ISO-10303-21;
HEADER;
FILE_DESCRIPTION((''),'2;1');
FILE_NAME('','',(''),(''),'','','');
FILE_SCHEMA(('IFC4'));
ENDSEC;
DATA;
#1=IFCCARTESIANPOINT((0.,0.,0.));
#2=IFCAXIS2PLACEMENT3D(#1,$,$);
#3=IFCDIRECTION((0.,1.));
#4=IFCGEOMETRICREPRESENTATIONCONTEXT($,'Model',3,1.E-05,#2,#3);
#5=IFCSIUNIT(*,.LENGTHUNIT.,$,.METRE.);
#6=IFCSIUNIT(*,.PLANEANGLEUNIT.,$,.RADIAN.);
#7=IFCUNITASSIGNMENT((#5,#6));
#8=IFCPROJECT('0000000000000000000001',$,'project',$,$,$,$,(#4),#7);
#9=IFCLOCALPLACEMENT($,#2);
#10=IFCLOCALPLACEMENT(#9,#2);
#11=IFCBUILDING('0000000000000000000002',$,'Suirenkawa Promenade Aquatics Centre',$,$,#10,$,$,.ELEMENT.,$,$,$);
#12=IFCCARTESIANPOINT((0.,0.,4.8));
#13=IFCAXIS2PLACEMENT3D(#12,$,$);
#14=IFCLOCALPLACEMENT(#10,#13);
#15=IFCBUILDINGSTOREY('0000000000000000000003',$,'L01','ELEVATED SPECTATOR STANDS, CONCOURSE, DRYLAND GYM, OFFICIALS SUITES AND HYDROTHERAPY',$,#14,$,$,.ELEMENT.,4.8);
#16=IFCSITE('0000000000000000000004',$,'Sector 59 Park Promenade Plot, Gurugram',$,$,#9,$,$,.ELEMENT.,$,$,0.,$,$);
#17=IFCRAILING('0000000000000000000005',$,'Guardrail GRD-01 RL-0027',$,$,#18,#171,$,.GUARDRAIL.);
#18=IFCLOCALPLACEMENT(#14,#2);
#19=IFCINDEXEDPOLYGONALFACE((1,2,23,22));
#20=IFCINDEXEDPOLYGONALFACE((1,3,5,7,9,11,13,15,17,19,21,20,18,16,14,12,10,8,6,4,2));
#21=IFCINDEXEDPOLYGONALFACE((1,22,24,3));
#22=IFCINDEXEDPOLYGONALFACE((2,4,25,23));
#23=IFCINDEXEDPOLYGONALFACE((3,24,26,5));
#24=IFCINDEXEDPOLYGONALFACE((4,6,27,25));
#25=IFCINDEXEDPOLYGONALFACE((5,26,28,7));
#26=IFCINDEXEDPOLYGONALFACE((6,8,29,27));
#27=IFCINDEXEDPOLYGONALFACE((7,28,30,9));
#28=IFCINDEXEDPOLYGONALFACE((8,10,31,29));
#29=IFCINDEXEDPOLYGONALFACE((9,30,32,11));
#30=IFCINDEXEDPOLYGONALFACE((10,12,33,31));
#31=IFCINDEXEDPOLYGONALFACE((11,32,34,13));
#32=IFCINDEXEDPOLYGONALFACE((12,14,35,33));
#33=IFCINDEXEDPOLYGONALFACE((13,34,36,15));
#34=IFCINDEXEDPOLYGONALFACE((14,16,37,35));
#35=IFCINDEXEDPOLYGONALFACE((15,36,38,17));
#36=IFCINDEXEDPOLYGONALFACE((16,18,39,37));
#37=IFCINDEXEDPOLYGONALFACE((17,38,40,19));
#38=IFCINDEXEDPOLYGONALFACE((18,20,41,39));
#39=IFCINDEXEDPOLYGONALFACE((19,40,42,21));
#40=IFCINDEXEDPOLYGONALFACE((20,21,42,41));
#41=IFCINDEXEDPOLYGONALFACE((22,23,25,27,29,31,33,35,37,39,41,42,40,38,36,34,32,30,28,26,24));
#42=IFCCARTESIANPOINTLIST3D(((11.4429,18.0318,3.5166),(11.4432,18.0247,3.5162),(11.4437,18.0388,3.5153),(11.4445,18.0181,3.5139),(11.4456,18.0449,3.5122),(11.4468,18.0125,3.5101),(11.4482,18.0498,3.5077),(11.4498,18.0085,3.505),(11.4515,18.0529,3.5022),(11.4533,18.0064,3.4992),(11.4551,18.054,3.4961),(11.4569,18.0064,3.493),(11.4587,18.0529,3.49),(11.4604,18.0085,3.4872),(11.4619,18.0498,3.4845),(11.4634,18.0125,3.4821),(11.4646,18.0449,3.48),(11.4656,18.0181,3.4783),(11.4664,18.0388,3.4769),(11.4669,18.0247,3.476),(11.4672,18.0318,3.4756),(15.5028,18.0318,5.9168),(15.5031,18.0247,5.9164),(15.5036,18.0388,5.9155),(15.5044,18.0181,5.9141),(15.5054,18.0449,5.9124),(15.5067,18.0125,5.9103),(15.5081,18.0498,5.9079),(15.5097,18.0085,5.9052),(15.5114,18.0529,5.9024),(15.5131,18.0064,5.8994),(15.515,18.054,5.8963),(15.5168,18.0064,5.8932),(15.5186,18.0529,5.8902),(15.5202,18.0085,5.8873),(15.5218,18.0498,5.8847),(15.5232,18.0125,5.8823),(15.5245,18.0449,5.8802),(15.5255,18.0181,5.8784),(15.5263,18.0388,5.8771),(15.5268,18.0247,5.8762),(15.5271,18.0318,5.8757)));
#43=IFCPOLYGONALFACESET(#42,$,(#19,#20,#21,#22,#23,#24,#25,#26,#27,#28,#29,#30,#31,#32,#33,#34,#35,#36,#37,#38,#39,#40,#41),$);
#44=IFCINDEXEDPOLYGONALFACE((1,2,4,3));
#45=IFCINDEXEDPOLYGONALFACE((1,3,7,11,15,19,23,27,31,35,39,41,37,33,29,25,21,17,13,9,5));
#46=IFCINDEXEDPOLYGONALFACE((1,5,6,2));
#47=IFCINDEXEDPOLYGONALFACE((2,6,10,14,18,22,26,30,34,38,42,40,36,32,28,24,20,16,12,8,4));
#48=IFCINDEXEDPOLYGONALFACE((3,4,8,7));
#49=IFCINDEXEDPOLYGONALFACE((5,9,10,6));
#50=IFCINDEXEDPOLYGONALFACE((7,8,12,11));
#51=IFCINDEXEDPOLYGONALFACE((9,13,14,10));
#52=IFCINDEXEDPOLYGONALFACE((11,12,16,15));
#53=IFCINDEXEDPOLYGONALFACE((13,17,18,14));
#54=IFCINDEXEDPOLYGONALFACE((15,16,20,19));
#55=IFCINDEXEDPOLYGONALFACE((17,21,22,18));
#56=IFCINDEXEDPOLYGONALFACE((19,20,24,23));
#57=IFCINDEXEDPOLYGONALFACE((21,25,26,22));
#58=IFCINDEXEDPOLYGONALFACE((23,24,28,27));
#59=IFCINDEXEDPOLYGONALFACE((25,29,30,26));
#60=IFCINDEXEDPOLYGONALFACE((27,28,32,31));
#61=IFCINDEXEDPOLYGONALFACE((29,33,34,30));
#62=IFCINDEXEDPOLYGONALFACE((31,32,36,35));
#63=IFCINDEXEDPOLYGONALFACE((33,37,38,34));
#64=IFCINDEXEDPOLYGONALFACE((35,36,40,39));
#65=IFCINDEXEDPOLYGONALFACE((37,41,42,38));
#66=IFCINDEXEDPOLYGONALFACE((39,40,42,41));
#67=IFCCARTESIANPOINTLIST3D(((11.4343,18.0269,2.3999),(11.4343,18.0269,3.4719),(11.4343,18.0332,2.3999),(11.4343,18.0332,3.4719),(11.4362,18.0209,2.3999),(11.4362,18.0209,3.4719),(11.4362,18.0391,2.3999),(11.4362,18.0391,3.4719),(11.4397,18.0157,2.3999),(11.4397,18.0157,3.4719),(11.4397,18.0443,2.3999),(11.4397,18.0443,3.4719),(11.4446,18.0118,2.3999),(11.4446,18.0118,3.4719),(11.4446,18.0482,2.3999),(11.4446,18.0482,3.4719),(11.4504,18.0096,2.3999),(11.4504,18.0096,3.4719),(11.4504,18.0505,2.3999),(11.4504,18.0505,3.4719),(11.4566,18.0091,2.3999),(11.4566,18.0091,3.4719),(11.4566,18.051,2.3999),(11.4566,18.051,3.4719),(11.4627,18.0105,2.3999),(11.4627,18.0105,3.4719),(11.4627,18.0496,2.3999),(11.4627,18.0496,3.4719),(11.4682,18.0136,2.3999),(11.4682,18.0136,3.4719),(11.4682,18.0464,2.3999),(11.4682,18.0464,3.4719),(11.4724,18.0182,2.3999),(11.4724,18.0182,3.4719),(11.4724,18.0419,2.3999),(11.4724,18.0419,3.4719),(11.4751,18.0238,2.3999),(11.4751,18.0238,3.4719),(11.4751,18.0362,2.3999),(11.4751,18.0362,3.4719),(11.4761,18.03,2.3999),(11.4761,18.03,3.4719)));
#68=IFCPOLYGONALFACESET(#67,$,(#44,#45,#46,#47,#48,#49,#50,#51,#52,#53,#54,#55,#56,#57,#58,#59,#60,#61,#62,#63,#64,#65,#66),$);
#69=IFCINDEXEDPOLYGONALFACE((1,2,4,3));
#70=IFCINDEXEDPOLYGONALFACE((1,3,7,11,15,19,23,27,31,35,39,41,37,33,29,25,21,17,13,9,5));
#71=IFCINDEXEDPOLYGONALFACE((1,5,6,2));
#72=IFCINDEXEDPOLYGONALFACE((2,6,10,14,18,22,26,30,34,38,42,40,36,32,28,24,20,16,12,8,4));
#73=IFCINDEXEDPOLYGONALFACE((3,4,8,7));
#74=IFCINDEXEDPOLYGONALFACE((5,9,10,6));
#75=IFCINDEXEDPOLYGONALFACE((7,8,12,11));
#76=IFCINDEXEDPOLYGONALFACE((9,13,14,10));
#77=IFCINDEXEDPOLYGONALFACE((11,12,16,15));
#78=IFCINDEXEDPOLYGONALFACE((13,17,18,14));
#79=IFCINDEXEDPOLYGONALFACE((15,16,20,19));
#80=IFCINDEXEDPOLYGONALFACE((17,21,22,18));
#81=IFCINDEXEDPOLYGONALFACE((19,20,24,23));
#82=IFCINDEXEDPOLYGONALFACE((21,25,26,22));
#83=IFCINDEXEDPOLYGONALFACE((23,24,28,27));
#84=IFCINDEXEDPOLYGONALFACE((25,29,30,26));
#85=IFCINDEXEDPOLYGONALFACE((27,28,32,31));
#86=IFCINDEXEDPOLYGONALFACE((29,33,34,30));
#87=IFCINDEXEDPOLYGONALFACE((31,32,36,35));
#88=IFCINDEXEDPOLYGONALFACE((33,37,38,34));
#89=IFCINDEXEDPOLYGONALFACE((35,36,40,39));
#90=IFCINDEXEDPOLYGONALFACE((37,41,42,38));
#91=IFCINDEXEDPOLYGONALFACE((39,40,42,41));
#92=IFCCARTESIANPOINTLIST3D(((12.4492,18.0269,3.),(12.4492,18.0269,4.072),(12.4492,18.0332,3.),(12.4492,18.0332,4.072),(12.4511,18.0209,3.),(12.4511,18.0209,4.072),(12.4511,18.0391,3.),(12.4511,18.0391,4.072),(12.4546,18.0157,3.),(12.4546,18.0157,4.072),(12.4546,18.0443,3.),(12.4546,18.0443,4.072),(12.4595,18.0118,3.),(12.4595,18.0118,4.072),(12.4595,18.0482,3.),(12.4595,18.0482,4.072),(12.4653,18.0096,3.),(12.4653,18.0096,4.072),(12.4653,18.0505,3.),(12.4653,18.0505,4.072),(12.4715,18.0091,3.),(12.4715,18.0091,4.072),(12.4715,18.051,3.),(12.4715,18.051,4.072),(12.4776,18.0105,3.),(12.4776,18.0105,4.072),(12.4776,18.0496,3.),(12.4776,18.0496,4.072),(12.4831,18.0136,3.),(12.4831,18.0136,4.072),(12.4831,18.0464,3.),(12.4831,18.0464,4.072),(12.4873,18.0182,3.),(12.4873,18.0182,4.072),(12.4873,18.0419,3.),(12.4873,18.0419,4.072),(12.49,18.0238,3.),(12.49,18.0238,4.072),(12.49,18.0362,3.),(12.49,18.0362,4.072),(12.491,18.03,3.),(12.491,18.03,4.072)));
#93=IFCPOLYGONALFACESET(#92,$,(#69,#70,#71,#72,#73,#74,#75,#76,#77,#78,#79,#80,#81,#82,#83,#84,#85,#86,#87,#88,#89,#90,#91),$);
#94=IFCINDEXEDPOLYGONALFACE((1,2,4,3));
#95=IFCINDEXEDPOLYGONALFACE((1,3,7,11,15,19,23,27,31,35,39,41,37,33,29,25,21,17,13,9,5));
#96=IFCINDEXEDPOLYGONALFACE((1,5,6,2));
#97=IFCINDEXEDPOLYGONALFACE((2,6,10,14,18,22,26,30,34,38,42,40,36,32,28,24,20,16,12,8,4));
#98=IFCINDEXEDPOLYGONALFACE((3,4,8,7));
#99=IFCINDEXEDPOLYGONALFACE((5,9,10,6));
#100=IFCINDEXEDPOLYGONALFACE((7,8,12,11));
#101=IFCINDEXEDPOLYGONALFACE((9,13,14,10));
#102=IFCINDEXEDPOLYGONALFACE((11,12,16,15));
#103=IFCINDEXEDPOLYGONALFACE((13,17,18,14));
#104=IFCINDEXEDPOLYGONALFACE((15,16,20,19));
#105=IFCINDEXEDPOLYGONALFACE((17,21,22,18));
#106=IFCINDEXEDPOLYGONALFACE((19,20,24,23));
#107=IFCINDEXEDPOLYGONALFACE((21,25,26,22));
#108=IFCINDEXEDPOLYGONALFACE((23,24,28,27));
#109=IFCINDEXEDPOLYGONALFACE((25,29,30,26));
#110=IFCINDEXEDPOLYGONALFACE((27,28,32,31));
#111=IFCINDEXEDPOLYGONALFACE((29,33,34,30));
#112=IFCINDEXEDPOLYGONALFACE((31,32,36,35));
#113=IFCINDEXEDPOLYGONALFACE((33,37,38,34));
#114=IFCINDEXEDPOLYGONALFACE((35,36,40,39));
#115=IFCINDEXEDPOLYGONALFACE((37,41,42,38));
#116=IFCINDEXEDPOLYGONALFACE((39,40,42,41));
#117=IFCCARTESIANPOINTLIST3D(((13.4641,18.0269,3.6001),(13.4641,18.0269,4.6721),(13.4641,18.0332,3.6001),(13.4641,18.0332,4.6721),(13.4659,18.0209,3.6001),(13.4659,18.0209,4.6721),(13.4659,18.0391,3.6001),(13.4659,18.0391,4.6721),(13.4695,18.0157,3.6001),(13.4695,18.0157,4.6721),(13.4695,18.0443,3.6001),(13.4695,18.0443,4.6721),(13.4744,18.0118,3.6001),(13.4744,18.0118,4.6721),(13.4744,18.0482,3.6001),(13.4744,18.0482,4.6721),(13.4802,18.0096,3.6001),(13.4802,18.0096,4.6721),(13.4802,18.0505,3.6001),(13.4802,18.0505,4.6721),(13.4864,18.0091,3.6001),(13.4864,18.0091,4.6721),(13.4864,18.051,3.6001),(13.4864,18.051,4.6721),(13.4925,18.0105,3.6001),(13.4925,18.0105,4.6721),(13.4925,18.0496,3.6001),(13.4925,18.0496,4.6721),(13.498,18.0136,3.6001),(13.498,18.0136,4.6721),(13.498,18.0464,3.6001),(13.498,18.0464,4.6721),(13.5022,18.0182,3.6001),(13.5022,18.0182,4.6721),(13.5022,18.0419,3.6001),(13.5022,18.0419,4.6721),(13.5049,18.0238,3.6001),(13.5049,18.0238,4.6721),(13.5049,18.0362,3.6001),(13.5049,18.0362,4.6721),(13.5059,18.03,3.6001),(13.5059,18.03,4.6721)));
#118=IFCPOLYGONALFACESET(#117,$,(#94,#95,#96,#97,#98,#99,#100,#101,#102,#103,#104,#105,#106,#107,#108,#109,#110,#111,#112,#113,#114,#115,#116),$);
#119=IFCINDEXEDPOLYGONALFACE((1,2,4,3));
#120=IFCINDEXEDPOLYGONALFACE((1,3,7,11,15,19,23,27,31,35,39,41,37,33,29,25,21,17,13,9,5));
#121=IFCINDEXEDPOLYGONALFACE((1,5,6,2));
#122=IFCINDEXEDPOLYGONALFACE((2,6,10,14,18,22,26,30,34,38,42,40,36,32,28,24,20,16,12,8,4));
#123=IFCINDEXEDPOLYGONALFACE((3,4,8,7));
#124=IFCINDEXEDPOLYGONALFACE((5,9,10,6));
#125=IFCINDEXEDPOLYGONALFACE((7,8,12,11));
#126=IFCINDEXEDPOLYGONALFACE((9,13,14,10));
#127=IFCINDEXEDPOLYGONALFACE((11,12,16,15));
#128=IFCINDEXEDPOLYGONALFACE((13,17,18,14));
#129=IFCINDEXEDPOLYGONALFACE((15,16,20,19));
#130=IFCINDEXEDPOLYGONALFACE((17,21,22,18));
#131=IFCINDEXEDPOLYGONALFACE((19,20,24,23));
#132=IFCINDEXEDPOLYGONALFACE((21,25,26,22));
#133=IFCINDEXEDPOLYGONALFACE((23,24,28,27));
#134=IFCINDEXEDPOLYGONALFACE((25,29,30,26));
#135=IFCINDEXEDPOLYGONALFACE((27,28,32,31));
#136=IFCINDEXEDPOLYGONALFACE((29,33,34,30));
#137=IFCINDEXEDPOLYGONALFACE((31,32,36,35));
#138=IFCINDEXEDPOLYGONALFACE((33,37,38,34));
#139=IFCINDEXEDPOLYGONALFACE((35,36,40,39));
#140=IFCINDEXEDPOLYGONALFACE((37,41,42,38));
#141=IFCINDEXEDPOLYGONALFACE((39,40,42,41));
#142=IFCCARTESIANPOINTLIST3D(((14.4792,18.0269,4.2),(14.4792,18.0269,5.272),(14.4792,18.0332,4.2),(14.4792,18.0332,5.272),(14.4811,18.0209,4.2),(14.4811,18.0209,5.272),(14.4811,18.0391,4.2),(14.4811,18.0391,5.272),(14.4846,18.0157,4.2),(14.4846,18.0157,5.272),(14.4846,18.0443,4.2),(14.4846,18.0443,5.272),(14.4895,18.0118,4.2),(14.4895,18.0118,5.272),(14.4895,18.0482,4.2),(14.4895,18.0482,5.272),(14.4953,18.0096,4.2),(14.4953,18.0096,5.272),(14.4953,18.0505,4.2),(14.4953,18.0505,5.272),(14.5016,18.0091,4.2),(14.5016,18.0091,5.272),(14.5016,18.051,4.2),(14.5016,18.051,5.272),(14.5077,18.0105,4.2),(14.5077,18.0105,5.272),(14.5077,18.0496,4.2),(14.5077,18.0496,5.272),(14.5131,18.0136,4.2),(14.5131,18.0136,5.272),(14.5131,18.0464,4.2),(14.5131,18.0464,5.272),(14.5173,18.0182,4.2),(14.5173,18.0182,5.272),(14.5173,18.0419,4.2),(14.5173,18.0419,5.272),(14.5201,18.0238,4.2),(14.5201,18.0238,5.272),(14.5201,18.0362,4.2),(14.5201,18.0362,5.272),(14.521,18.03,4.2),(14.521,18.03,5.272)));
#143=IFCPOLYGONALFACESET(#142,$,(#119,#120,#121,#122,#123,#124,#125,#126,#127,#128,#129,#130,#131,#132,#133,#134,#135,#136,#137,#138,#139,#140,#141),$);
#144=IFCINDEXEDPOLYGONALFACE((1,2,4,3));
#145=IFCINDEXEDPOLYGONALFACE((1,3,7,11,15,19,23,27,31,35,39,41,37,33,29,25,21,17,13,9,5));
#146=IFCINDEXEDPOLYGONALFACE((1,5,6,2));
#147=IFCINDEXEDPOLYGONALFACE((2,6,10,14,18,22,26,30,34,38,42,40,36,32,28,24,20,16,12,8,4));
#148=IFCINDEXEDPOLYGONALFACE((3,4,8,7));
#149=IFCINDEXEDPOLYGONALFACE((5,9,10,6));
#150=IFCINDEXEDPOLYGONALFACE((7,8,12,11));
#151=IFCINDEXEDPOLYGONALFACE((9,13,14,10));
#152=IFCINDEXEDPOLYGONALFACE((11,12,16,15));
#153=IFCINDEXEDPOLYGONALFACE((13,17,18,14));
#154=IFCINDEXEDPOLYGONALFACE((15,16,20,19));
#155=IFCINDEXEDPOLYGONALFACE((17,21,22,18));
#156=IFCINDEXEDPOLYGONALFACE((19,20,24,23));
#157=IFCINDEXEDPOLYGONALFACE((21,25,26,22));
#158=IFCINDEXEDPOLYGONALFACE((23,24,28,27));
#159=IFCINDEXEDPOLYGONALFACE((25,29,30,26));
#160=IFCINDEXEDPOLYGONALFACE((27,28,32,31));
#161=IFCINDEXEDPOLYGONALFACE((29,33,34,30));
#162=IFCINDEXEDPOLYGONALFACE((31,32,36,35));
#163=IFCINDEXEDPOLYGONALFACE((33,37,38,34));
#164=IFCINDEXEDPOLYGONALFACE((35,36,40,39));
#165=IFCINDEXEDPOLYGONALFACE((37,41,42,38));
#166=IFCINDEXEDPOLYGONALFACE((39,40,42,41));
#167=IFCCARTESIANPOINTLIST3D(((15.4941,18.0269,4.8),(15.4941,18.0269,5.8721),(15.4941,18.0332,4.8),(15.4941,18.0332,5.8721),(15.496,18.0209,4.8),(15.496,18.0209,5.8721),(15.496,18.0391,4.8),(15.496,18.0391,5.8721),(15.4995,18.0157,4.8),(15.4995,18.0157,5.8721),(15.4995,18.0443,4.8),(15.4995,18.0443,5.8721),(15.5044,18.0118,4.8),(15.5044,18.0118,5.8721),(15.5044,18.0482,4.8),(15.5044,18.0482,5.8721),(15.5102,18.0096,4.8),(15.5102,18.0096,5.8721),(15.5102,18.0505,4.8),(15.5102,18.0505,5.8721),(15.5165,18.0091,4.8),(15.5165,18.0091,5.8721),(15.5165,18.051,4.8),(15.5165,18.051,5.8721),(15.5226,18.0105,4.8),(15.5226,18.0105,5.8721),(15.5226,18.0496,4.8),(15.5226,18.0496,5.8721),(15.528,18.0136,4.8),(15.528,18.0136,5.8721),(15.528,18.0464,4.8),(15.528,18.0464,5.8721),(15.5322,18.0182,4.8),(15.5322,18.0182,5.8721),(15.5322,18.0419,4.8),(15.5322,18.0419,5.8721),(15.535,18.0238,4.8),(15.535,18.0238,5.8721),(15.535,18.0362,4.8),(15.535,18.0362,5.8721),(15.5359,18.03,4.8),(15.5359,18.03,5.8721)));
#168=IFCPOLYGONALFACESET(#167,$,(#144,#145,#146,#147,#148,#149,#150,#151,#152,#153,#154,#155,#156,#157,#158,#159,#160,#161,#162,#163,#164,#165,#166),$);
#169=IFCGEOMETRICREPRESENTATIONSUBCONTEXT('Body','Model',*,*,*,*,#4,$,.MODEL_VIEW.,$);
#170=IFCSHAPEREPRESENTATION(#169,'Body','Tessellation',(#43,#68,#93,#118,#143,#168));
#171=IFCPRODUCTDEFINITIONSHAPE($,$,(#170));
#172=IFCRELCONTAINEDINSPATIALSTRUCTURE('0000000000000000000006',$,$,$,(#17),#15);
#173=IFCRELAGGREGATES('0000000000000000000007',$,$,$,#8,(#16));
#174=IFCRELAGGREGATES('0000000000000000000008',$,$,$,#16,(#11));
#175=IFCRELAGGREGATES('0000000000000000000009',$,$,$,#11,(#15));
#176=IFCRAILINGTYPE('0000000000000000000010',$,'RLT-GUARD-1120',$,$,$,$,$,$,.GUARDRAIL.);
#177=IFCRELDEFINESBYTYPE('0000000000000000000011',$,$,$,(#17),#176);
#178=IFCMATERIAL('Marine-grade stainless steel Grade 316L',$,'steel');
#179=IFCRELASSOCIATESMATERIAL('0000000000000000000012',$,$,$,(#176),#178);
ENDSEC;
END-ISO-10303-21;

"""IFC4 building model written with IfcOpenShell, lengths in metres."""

from ifc_helpers import new_model, si_unit, direction, frame, origin, origin_2d, place, context, subcontext, project, spatial, circle, extrude, material, type_object, element, save


model = new_model("IFC4")

# Units and contexts
model_context = context("Model", 3, precision=1e-05, world=origin(), true_north=direction((0.0, 1.0)))
body_context = subcontext(model_context, "Body", "Model", "MODEL_VIEW")
ifc_project = project(units=[si_unit("LENGTHUNIT", "METRE"), si_unit("PLANEANGLEUNIT", "RADIAN")], contexts=[model_context])

# Site, building, storey
site_placement = place(None, origin())
site = spatial("IfcSite", under=ifc_project, at=site_placement, Name="Sector 59 Park Promenade Plot, Gurugram", CompositionType="ELEMENT", RefElevation=0.0)
building_placement = place(site_placement, origin())
building = spatial("IfcBuilding", under=site, at=building_placement, Name="Suirenkawa Promenade Aquatics Centre", CompositionType="ELEMENT")
storey_placement = place(building_placement, frame((0.0, 0.0, 4.8)))
storey = spatial("IfcBuildingStorey", under=building, at=storey_placement, Name="L01", Description="ELEVATED SPECTATOR STANDS, CONCOURSE, DRYLAND GYM, OFFICIALS SUITES AND HYDROTHERAPY", CompositionType="ELEMENT", Elevation=4.8)

# Railing
ifc_material_1 = material(Name="Marine-grade stainless steel Grade 316L", Category="steel")
railing_type_1 = type_object("IfcRailingType", Name="RLT-GUARD-1120", PredefinedType="GUARDRAIL", material=ifc_material_1)
for number, where, name in (
    (1, (11.4551, 18.03, 2.3999), "Guardrail GRD-01 RL-0027"),
):
    element("IfcRailing", number, at=place(storey_placement, frame(where)), inside=storey, type_object=railing_type_1, Name=name, PredefinedType="GUARDRAIL", context=body_context, shape_type="SweptSolid", body=[
        extrude(circle(Radius=0.0239, at=origin_2d()), frame((0.0, 0.0, 1.0962), z_axis=(0.860818, 0.0, 0.508912), x_axis=(0.0, 1.0, 0.0)), (0.0, 0.0, 1.0), 4.7163),
        extrude(circle(Radius=0.021, at=origin_2d()), origin(), (0.0, 0.0, 1.0), 1.072),
        extrude(circle(Radius=0.021, at=origin_2d()), frame((1.0149, 0.0, 0.6001)), (0.0, 0.0, 1.0), 1.072),
        extrude(circle(Radius=0.021, at=origin_2d()), frame((2.0298, 0.0, 1.2002)), (0.0, 0.0, 1.0), 1.072),
        extrude(circle(Radius=0.021, at=origin_2d()), frame((3.0449, 0.0, 1.8)), (0.0, 0.0, 1.0), 1.072),
        extrude(circle(Radius=0.021, at=origin_2d()), frame((4.0598, 0.0, 2.4001)), (0.0, 0.0, 1.0), 1.072),
    ])

save(model, "model.ifc")
